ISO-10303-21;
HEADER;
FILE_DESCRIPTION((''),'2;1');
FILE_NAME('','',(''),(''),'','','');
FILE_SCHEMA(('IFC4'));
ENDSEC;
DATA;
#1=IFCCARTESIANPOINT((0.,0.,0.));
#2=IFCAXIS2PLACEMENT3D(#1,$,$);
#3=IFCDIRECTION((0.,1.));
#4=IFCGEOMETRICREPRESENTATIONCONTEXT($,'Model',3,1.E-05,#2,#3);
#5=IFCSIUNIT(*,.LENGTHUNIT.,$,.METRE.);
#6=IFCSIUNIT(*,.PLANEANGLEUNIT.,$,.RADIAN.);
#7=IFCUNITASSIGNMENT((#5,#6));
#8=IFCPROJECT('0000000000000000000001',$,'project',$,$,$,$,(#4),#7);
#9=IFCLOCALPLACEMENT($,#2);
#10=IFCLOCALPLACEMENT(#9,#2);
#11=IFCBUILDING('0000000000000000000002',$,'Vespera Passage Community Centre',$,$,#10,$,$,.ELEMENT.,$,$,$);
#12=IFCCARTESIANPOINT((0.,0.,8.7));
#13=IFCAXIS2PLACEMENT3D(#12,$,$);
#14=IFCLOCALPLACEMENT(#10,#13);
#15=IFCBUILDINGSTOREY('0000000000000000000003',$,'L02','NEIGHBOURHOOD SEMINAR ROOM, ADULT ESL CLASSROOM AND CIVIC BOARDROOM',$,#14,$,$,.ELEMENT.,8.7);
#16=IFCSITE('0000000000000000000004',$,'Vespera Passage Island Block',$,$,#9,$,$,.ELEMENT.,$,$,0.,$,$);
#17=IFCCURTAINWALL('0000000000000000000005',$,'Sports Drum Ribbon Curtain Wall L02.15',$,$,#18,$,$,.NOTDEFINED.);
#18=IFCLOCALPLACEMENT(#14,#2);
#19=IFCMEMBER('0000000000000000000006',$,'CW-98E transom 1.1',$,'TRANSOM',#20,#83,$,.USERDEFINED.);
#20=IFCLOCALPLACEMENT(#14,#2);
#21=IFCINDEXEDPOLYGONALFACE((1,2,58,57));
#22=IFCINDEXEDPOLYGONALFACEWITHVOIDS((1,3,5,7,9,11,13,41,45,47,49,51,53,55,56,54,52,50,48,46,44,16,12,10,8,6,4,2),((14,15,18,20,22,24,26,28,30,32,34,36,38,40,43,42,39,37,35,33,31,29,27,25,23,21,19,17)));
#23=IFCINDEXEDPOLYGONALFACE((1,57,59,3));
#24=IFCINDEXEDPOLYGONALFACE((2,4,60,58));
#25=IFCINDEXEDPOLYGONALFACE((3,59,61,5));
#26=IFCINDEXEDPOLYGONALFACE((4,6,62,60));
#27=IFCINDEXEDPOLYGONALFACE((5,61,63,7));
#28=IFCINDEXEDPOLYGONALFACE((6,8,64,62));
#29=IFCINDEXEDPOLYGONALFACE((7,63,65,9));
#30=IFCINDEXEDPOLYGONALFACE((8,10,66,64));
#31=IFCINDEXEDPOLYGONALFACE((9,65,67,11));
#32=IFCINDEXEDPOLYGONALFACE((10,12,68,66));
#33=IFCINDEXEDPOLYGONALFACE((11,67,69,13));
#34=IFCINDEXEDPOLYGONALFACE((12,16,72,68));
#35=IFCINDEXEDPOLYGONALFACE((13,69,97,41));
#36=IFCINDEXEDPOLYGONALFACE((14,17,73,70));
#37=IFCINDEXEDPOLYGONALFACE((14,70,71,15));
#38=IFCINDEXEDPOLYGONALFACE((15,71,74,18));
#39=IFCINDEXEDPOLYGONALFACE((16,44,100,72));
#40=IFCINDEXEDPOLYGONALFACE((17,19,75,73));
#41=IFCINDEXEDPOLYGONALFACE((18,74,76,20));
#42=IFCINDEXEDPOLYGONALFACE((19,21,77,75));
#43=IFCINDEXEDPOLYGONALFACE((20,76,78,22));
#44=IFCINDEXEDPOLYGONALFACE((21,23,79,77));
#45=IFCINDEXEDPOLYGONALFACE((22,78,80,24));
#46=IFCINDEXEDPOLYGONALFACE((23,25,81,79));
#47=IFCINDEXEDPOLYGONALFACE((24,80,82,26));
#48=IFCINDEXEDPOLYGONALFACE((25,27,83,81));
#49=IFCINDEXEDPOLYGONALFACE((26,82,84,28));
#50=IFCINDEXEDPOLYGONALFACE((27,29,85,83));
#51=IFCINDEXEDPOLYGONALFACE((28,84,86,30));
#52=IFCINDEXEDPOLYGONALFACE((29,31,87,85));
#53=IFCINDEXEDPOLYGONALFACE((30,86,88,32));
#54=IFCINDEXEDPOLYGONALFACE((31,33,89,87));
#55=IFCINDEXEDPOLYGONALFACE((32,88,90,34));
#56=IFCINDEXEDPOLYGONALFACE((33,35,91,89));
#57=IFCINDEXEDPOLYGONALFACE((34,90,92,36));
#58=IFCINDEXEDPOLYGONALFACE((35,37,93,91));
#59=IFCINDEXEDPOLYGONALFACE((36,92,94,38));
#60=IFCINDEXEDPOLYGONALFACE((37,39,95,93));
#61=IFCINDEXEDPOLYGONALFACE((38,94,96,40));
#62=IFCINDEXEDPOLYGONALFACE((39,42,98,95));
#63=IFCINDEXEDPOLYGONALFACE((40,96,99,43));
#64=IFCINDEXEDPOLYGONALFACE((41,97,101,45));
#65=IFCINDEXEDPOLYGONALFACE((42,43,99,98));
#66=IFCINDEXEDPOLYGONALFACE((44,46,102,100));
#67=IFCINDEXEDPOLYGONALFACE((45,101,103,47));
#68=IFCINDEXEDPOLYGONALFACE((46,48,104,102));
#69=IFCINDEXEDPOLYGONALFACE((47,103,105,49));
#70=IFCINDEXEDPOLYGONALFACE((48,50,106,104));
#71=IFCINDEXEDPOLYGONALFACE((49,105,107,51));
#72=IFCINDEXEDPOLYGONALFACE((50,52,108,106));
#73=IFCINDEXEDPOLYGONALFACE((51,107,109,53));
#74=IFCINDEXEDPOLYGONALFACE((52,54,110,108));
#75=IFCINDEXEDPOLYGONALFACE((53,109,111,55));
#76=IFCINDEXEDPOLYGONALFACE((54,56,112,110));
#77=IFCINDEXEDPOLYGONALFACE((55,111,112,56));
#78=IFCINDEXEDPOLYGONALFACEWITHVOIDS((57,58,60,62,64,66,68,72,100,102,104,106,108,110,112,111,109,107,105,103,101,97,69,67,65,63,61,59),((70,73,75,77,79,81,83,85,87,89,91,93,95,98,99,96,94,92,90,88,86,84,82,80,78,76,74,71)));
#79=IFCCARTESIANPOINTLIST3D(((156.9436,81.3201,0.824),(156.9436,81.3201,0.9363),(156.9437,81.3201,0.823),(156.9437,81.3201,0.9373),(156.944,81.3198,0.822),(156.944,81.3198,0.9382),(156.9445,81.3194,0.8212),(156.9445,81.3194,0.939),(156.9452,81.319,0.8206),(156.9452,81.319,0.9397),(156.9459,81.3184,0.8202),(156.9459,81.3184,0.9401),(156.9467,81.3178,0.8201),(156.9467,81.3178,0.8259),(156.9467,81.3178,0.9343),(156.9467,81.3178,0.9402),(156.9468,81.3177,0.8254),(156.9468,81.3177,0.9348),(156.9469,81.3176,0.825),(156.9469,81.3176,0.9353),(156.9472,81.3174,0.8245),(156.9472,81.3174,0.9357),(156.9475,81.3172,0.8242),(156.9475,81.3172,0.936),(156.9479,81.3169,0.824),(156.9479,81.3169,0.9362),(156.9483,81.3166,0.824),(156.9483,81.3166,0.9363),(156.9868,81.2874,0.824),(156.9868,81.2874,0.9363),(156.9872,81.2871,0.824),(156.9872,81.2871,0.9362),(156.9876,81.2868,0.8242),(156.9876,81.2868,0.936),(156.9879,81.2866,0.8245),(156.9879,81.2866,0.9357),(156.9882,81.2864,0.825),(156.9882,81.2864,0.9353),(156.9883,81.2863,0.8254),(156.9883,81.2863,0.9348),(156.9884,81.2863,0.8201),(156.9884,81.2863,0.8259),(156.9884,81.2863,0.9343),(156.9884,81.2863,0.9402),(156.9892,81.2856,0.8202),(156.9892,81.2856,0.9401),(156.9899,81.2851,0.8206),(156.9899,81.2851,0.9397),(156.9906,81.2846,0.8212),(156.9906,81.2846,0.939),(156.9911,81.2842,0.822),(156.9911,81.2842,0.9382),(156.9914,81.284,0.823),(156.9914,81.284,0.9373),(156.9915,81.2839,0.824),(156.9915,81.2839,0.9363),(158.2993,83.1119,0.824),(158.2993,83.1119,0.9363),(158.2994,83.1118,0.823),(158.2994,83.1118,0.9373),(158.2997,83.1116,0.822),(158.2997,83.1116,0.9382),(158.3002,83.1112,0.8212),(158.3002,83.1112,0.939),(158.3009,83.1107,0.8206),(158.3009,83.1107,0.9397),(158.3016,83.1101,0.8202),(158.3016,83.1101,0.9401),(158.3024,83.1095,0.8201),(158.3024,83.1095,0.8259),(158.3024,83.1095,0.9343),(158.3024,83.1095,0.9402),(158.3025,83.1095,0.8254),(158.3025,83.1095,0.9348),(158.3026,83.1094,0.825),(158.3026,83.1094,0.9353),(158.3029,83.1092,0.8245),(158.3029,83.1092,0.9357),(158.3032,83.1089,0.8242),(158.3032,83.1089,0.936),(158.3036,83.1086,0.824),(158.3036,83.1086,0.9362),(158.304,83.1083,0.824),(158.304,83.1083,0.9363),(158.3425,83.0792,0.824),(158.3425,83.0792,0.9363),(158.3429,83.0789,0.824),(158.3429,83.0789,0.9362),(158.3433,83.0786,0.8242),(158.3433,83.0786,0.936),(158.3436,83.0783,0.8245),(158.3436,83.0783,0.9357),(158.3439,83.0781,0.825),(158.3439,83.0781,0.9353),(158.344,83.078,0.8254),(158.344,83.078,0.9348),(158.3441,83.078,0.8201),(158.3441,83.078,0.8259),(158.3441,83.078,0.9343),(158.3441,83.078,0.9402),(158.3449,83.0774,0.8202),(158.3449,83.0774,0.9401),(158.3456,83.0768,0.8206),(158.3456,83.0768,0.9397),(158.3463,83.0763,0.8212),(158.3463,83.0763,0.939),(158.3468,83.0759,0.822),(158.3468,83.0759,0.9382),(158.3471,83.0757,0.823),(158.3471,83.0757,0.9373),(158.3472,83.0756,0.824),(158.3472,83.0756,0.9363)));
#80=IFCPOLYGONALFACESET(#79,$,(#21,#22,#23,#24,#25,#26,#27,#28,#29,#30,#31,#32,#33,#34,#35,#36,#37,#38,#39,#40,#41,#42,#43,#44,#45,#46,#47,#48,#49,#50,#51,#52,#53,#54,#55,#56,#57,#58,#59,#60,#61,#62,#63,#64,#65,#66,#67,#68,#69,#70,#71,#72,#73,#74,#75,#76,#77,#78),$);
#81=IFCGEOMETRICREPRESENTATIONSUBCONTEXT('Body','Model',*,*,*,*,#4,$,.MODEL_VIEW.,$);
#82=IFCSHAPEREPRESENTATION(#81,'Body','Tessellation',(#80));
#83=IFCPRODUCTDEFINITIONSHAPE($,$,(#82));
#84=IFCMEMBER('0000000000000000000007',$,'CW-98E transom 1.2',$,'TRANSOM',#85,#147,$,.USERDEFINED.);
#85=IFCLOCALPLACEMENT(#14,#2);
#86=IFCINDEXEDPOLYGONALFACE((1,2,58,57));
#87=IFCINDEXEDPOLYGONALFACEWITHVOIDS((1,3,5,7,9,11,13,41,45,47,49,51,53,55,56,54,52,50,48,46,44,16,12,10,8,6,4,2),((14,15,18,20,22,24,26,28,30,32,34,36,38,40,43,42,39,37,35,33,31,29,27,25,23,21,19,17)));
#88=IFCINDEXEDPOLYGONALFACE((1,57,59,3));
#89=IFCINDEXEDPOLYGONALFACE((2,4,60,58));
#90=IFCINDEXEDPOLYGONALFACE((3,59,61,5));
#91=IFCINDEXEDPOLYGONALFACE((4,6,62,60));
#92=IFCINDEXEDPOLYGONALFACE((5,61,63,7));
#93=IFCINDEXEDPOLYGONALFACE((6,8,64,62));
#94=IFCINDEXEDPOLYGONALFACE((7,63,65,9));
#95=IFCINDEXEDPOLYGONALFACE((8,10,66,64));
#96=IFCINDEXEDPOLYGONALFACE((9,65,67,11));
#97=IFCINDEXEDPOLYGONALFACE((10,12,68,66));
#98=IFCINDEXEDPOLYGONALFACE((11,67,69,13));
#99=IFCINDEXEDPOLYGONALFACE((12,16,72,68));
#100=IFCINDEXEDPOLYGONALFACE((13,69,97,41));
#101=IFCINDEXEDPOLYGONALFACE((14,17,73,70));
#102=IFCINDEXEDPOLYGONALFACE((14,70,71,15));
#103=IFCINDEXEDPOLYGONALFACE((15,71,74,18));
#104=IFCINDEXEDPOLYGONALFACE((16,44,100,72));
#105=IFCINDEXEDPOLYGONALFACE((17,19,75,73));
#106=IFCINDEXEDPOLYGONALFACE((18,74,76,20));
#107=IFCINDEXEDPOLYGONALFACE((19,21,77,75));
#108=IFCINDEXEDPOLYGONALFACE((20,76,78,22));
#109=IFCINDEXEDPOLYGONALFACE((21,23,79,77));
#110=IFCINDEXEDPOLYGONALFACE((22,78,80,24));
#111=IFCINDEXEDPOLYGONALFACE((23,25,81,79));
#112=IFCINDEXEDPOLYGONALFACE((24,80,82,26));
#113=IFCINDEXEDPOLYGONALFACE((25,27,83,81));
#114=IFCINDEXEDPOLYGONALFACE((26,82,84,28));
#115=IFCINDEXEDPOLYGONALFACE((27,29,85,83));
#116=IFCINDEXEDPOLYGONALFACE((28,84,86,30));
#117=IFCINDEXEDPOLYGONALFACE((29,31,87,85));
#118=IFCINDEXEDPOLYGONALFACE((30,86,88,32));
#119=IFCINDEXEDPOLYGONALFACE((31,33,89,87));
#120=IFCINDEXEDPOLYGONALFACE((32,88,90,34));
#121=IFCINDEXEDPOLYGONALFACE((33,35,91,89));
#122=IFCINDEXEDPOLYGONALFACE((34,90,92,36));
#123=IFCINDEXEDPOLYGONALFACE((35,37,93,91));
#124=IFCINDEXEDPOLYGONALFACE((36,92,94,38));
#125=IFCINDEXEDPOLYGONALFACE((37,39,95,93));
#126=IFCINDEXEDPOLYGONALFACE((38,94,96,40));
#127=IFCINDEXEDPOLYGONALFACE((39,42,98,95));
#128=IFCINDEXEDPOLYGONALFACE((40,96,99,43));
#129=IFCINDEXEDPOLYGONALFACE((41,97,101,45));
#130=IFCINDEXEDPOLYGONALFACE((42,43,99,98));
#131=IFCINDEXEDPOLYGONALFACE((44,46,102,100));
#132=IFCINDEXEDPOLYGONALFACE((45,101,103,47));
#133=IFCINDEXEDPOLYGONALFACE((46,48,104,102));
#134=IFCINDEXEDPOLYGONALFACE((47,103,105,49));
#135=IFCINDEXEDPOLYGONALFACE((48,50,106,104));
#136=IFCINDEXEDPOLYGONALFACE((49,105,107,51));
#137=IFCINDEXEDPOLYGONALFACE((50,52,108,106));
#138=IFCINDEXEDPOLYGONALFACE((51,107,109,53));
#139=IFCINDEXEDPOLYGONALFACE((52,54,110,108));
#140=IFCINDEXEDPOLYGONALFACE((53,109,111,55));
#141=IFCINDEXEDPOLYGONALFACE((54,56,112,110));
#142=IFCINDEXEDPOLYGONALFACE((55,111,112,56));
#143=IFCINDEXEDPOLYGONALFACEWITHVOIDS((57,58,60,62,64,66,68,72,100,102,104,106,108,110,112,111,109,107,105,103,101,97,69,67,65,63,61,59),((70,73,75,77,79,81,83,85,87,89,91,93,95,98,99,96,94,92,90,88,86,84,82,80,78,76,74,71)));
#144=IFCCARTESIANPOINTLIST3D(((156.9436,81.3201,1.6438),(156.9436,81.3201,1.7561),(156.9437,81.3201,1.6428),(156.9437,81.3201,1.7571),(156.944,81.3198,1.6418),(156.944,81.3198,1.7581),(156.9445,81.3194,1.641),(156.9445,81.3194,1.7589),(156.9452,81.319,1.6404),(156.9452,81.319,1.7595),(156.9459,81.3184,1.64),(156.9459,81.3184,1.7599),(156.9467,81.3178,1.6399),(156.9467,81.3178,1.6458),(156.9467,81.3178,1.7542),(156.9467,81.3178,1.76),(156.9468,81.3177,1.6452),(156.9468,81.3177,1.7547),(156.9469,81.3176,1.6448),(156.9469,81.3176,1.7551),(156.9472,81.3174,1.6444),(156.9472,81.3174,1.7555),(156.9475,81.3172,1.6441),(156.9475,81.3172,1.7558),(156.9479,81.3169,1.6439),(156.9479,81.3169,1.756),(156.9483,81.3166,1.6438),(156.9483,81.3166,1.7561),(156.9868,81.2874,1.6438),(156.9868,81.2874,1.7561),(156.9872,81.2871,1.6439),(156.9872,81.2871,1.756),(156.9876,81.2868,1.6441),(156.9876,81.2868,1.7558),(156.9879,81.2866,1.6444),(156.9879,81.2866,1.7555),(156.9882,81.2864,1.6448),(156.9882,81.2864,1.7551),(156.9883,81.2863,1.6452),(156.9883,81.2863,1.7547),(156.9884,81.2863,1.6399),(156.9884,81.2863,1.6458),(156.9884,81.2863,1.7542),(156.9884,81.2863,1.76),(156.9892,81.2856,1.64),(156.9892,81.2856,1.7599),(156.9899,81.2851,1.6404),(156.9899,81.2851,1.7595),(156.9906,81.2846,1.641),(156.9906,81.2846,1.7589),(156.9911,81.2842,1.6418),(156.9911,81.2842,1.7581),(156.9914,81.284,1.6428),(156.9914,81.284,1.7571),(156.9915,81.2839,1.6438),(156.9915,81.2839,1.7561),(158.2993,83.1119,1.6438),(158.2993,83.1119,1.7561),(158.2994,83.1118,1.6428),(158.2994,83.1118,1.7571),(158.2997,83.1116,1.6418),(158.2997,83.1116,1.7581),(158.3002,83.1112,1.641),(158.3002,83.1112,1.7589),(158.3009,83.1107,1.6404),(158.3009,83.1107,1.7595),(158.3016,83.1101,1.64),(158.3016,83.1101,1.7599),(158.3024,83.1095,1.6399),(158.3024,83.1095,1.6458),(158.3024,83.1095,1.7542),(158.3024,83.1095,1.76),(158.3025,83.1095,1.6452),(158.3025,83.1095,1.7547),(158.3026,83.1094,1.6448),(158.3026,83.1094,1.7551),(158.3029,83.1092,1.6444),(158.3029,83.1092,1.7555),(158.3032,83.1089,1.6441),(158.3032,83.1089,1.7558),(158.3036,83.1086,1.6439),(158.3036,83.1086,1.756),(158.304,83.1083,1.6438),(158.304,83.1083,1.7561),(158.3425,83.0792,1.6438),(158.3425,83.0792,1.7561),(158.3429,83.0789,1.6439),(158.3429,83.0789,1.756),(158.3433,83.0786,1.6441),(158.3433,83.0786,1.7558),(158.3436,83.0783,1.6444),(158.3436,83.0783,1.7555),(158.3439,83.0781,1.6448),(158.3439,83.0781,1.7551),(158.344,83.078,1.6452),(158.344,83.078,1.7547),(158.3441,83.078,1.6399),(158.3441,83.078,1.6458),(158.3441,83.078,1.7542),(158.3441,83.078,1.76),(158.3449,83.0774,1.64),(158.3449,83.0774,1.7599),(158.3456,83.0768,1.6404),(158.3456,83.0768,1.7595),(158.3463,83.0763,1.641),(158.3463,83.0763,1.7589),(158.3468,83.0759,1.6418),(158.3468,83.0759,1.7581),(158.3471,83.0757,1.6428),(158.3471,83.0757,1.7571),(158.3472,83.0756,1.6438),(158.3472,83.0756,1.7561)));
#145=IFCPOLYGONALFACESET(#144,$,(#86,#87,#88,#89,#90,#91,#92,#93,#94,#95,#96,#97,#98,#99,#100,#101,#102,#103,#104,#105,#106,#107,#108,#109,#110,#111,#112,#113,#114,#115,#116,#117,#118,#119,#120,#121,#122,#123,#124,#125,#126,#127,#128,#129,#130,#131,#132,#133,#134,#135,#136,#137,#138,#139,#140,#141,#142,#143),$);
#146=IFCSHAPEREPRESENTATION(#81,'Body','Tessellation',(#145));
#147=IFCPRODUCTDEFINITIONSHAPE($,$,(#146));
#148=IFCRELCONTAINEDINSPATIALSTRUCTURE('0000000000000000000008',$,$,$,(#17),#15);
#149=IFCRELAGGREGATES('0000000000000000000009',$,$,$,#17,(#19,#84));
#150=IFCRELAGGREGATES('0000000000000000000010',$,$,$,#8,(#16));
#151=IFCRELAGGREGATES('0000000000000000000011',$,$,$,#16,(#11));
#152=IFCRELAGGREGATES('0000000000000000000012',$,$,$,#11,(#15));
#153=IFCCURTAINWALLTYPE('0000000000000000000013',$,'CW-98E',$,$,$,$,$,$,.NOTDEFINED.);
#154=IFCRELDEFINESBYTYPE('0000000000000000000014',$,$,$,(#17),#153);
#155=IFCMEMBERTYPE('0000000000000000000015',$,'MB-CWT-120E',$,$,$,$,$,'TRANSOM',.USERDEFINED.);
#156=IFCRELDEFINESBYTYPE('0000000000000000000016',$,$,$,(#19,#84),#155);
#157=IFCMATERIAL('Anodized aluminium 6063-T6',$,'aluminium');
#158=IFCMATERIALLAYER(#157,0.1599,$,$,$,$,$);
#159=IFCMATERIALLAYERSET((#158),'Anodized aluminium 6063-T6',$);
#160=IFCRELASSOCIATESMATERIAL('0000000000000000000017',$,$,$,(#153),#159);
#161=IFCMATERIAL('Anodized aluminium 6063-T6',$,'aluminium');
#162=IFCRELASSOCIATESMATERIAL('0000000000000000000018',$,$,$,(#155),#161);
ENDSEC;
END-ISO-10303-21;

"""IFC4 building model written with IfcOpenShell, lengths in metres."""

from ifc_helpers import new_model, si_unit, direction, frame, origin, origin_2d, place, context, subcontext, project, spatial, hollow_rectangle, extrude, material, layer, layer_set, material_profile, profile_set, type_object, element, aggregate, save


model = new_model("IFC4")

# Units and contexts
model_context = context("Model", 3, precision=1e-05, world=origin(), true_north=direction((0.0, 1.0)))
body_context = subcontext(model_context, "Body", "Model", "MODEL_VIEW")
ifc_project = project(units=[si_unit("LENGTHUNIT", "METRE"), si_unit("PLANEANGLEUNIT", "RADIAN")], contexts=[model_context])

# Site, building, storey
site_placement = place(None, origin())
site = spatial("IfcSite", under=ifc_project, at=site_placement, Name="Vespera Passage Island Block", CompositionType="ELEMENT", RefElevation=0.0)
building_placement = place(site_placement, origin())
building = spatial("IfcBuilding", under=site, at=building_placement, Name="Vespera Passage Community Centre", CompositionType="ELEMENT")
storey_placement = place(building_placement, frame((0.0, 0.0, 8.7)))
storey = spatial("IfcBuildingStorey", under=building, at=storey_placement, Name="L02", Description="NEIGHBOURHOOD SEMINAR ROOM, ADULT ESL CLASSROOM AND CIVIC BOARDROOM", CompositionType="ELEMENT", Elevation=8.7)

# Curtain wall
ifc_material_1 = material(Name="Anodized aluminium 6063-T6", Category="aluminium")
ifc_layer_1 = layer(ifc_material_1, 0.1599)
ifc_layer_set_1 = layer_set([ifc_layer_1], Name="Anodized aluminium 6063-T6")
curtain_wall_type_1 = type_object("IfcCurtainWallType", Name="CW-98E", PredefinedType="NOTDEFINED", material=ifc_layer_set_1)
curtain_wall_1_placement = place(storey_placement, origin())
curtain_wall_1 = element("IfcCurtainWall", 1, at=curtain_wall_1_placement, inside=storey, type_object=curtain_wall_type_1, Name="Sports Drum Ribbon Curtain Wall L02.15", PredefinedType="NOTDEFINED")

# Members
ifc_material_2 = material(Name="Anodized aluminium 6063-T6", Category="aluminium")
ifc_material_profile_1 = material_profile(ifc_material_2, hollow_rectangle(XDim=0.0601, YDim=0.1201, WallThickness=0.0039, InnerFilletRadius=0.002, OuterFilletRadius=0.0039, at=origin_2d()), Name="ALU120X60X4")
ifc_profile_set_1 = profile_set([ifc_material_profile_1], Name="Anodized aluminium 6063-T6")
member_type_1 = type_object("IfcMemberType", Name="MB-CWT-120E", ElementType="TRANSOM", PredefinedType="USERDEFINED", material=ifc_profile_set_1)
member_1_placement = place(storey_placement, frame((158.3232, 83.0938, 0.8801), z_axis=(-0.603385, -0.79745, 0.0), x_axis=(0.79745, -0.603385, 0.0)))
member_1 = element("IfcMember", 2, at=member_1_placement, type_object=member_type_1, Name="CW-98E transom 1.1", ObjectType="TRANSOM", PredefinedType="USERDEFINED", context=body_context, shape_type="SweptSolid", body=[
    extrude(hollow_rectangle(XDim=0.0601, YDim=0.1201, WallThickness=0.0039, InnerFilletRadius=0.002, OuterFilletRadius=0.0039, at=origin_2d()), origin(), (0.0, 0.0, 1.0), 2.2468),
])
member_2_placement = place(storey_placement, frame((158.3232, 83.0938, 1.7), z_axis=(-0.603385, -0.79745, 0.0), x_axis=(0.79745, -0.603385, 0.0)))
member_2 = element("IfcMember", 3, at=member_2_placement, type_object=member_type_1, Name="CW-98E transom 1.2", ObjectType="TRANSOM", PredefinedType="USERDEFINED", context=body_context, shape_type="SweptSolid", body=[
    extrude(hollow_rectangle(XDim=0.0601, YDim=0.1201, WallThickness=0.0039, InnerFilletRadius=0.002, OuterFilletRadius=0.0039, at=origin_2d()), origin(), (0.0, 0.0, 1.0), 2.2468),
])

aggregate(curtain_wall_1, [member_1, member_2])

save(model, "model.ifc")
